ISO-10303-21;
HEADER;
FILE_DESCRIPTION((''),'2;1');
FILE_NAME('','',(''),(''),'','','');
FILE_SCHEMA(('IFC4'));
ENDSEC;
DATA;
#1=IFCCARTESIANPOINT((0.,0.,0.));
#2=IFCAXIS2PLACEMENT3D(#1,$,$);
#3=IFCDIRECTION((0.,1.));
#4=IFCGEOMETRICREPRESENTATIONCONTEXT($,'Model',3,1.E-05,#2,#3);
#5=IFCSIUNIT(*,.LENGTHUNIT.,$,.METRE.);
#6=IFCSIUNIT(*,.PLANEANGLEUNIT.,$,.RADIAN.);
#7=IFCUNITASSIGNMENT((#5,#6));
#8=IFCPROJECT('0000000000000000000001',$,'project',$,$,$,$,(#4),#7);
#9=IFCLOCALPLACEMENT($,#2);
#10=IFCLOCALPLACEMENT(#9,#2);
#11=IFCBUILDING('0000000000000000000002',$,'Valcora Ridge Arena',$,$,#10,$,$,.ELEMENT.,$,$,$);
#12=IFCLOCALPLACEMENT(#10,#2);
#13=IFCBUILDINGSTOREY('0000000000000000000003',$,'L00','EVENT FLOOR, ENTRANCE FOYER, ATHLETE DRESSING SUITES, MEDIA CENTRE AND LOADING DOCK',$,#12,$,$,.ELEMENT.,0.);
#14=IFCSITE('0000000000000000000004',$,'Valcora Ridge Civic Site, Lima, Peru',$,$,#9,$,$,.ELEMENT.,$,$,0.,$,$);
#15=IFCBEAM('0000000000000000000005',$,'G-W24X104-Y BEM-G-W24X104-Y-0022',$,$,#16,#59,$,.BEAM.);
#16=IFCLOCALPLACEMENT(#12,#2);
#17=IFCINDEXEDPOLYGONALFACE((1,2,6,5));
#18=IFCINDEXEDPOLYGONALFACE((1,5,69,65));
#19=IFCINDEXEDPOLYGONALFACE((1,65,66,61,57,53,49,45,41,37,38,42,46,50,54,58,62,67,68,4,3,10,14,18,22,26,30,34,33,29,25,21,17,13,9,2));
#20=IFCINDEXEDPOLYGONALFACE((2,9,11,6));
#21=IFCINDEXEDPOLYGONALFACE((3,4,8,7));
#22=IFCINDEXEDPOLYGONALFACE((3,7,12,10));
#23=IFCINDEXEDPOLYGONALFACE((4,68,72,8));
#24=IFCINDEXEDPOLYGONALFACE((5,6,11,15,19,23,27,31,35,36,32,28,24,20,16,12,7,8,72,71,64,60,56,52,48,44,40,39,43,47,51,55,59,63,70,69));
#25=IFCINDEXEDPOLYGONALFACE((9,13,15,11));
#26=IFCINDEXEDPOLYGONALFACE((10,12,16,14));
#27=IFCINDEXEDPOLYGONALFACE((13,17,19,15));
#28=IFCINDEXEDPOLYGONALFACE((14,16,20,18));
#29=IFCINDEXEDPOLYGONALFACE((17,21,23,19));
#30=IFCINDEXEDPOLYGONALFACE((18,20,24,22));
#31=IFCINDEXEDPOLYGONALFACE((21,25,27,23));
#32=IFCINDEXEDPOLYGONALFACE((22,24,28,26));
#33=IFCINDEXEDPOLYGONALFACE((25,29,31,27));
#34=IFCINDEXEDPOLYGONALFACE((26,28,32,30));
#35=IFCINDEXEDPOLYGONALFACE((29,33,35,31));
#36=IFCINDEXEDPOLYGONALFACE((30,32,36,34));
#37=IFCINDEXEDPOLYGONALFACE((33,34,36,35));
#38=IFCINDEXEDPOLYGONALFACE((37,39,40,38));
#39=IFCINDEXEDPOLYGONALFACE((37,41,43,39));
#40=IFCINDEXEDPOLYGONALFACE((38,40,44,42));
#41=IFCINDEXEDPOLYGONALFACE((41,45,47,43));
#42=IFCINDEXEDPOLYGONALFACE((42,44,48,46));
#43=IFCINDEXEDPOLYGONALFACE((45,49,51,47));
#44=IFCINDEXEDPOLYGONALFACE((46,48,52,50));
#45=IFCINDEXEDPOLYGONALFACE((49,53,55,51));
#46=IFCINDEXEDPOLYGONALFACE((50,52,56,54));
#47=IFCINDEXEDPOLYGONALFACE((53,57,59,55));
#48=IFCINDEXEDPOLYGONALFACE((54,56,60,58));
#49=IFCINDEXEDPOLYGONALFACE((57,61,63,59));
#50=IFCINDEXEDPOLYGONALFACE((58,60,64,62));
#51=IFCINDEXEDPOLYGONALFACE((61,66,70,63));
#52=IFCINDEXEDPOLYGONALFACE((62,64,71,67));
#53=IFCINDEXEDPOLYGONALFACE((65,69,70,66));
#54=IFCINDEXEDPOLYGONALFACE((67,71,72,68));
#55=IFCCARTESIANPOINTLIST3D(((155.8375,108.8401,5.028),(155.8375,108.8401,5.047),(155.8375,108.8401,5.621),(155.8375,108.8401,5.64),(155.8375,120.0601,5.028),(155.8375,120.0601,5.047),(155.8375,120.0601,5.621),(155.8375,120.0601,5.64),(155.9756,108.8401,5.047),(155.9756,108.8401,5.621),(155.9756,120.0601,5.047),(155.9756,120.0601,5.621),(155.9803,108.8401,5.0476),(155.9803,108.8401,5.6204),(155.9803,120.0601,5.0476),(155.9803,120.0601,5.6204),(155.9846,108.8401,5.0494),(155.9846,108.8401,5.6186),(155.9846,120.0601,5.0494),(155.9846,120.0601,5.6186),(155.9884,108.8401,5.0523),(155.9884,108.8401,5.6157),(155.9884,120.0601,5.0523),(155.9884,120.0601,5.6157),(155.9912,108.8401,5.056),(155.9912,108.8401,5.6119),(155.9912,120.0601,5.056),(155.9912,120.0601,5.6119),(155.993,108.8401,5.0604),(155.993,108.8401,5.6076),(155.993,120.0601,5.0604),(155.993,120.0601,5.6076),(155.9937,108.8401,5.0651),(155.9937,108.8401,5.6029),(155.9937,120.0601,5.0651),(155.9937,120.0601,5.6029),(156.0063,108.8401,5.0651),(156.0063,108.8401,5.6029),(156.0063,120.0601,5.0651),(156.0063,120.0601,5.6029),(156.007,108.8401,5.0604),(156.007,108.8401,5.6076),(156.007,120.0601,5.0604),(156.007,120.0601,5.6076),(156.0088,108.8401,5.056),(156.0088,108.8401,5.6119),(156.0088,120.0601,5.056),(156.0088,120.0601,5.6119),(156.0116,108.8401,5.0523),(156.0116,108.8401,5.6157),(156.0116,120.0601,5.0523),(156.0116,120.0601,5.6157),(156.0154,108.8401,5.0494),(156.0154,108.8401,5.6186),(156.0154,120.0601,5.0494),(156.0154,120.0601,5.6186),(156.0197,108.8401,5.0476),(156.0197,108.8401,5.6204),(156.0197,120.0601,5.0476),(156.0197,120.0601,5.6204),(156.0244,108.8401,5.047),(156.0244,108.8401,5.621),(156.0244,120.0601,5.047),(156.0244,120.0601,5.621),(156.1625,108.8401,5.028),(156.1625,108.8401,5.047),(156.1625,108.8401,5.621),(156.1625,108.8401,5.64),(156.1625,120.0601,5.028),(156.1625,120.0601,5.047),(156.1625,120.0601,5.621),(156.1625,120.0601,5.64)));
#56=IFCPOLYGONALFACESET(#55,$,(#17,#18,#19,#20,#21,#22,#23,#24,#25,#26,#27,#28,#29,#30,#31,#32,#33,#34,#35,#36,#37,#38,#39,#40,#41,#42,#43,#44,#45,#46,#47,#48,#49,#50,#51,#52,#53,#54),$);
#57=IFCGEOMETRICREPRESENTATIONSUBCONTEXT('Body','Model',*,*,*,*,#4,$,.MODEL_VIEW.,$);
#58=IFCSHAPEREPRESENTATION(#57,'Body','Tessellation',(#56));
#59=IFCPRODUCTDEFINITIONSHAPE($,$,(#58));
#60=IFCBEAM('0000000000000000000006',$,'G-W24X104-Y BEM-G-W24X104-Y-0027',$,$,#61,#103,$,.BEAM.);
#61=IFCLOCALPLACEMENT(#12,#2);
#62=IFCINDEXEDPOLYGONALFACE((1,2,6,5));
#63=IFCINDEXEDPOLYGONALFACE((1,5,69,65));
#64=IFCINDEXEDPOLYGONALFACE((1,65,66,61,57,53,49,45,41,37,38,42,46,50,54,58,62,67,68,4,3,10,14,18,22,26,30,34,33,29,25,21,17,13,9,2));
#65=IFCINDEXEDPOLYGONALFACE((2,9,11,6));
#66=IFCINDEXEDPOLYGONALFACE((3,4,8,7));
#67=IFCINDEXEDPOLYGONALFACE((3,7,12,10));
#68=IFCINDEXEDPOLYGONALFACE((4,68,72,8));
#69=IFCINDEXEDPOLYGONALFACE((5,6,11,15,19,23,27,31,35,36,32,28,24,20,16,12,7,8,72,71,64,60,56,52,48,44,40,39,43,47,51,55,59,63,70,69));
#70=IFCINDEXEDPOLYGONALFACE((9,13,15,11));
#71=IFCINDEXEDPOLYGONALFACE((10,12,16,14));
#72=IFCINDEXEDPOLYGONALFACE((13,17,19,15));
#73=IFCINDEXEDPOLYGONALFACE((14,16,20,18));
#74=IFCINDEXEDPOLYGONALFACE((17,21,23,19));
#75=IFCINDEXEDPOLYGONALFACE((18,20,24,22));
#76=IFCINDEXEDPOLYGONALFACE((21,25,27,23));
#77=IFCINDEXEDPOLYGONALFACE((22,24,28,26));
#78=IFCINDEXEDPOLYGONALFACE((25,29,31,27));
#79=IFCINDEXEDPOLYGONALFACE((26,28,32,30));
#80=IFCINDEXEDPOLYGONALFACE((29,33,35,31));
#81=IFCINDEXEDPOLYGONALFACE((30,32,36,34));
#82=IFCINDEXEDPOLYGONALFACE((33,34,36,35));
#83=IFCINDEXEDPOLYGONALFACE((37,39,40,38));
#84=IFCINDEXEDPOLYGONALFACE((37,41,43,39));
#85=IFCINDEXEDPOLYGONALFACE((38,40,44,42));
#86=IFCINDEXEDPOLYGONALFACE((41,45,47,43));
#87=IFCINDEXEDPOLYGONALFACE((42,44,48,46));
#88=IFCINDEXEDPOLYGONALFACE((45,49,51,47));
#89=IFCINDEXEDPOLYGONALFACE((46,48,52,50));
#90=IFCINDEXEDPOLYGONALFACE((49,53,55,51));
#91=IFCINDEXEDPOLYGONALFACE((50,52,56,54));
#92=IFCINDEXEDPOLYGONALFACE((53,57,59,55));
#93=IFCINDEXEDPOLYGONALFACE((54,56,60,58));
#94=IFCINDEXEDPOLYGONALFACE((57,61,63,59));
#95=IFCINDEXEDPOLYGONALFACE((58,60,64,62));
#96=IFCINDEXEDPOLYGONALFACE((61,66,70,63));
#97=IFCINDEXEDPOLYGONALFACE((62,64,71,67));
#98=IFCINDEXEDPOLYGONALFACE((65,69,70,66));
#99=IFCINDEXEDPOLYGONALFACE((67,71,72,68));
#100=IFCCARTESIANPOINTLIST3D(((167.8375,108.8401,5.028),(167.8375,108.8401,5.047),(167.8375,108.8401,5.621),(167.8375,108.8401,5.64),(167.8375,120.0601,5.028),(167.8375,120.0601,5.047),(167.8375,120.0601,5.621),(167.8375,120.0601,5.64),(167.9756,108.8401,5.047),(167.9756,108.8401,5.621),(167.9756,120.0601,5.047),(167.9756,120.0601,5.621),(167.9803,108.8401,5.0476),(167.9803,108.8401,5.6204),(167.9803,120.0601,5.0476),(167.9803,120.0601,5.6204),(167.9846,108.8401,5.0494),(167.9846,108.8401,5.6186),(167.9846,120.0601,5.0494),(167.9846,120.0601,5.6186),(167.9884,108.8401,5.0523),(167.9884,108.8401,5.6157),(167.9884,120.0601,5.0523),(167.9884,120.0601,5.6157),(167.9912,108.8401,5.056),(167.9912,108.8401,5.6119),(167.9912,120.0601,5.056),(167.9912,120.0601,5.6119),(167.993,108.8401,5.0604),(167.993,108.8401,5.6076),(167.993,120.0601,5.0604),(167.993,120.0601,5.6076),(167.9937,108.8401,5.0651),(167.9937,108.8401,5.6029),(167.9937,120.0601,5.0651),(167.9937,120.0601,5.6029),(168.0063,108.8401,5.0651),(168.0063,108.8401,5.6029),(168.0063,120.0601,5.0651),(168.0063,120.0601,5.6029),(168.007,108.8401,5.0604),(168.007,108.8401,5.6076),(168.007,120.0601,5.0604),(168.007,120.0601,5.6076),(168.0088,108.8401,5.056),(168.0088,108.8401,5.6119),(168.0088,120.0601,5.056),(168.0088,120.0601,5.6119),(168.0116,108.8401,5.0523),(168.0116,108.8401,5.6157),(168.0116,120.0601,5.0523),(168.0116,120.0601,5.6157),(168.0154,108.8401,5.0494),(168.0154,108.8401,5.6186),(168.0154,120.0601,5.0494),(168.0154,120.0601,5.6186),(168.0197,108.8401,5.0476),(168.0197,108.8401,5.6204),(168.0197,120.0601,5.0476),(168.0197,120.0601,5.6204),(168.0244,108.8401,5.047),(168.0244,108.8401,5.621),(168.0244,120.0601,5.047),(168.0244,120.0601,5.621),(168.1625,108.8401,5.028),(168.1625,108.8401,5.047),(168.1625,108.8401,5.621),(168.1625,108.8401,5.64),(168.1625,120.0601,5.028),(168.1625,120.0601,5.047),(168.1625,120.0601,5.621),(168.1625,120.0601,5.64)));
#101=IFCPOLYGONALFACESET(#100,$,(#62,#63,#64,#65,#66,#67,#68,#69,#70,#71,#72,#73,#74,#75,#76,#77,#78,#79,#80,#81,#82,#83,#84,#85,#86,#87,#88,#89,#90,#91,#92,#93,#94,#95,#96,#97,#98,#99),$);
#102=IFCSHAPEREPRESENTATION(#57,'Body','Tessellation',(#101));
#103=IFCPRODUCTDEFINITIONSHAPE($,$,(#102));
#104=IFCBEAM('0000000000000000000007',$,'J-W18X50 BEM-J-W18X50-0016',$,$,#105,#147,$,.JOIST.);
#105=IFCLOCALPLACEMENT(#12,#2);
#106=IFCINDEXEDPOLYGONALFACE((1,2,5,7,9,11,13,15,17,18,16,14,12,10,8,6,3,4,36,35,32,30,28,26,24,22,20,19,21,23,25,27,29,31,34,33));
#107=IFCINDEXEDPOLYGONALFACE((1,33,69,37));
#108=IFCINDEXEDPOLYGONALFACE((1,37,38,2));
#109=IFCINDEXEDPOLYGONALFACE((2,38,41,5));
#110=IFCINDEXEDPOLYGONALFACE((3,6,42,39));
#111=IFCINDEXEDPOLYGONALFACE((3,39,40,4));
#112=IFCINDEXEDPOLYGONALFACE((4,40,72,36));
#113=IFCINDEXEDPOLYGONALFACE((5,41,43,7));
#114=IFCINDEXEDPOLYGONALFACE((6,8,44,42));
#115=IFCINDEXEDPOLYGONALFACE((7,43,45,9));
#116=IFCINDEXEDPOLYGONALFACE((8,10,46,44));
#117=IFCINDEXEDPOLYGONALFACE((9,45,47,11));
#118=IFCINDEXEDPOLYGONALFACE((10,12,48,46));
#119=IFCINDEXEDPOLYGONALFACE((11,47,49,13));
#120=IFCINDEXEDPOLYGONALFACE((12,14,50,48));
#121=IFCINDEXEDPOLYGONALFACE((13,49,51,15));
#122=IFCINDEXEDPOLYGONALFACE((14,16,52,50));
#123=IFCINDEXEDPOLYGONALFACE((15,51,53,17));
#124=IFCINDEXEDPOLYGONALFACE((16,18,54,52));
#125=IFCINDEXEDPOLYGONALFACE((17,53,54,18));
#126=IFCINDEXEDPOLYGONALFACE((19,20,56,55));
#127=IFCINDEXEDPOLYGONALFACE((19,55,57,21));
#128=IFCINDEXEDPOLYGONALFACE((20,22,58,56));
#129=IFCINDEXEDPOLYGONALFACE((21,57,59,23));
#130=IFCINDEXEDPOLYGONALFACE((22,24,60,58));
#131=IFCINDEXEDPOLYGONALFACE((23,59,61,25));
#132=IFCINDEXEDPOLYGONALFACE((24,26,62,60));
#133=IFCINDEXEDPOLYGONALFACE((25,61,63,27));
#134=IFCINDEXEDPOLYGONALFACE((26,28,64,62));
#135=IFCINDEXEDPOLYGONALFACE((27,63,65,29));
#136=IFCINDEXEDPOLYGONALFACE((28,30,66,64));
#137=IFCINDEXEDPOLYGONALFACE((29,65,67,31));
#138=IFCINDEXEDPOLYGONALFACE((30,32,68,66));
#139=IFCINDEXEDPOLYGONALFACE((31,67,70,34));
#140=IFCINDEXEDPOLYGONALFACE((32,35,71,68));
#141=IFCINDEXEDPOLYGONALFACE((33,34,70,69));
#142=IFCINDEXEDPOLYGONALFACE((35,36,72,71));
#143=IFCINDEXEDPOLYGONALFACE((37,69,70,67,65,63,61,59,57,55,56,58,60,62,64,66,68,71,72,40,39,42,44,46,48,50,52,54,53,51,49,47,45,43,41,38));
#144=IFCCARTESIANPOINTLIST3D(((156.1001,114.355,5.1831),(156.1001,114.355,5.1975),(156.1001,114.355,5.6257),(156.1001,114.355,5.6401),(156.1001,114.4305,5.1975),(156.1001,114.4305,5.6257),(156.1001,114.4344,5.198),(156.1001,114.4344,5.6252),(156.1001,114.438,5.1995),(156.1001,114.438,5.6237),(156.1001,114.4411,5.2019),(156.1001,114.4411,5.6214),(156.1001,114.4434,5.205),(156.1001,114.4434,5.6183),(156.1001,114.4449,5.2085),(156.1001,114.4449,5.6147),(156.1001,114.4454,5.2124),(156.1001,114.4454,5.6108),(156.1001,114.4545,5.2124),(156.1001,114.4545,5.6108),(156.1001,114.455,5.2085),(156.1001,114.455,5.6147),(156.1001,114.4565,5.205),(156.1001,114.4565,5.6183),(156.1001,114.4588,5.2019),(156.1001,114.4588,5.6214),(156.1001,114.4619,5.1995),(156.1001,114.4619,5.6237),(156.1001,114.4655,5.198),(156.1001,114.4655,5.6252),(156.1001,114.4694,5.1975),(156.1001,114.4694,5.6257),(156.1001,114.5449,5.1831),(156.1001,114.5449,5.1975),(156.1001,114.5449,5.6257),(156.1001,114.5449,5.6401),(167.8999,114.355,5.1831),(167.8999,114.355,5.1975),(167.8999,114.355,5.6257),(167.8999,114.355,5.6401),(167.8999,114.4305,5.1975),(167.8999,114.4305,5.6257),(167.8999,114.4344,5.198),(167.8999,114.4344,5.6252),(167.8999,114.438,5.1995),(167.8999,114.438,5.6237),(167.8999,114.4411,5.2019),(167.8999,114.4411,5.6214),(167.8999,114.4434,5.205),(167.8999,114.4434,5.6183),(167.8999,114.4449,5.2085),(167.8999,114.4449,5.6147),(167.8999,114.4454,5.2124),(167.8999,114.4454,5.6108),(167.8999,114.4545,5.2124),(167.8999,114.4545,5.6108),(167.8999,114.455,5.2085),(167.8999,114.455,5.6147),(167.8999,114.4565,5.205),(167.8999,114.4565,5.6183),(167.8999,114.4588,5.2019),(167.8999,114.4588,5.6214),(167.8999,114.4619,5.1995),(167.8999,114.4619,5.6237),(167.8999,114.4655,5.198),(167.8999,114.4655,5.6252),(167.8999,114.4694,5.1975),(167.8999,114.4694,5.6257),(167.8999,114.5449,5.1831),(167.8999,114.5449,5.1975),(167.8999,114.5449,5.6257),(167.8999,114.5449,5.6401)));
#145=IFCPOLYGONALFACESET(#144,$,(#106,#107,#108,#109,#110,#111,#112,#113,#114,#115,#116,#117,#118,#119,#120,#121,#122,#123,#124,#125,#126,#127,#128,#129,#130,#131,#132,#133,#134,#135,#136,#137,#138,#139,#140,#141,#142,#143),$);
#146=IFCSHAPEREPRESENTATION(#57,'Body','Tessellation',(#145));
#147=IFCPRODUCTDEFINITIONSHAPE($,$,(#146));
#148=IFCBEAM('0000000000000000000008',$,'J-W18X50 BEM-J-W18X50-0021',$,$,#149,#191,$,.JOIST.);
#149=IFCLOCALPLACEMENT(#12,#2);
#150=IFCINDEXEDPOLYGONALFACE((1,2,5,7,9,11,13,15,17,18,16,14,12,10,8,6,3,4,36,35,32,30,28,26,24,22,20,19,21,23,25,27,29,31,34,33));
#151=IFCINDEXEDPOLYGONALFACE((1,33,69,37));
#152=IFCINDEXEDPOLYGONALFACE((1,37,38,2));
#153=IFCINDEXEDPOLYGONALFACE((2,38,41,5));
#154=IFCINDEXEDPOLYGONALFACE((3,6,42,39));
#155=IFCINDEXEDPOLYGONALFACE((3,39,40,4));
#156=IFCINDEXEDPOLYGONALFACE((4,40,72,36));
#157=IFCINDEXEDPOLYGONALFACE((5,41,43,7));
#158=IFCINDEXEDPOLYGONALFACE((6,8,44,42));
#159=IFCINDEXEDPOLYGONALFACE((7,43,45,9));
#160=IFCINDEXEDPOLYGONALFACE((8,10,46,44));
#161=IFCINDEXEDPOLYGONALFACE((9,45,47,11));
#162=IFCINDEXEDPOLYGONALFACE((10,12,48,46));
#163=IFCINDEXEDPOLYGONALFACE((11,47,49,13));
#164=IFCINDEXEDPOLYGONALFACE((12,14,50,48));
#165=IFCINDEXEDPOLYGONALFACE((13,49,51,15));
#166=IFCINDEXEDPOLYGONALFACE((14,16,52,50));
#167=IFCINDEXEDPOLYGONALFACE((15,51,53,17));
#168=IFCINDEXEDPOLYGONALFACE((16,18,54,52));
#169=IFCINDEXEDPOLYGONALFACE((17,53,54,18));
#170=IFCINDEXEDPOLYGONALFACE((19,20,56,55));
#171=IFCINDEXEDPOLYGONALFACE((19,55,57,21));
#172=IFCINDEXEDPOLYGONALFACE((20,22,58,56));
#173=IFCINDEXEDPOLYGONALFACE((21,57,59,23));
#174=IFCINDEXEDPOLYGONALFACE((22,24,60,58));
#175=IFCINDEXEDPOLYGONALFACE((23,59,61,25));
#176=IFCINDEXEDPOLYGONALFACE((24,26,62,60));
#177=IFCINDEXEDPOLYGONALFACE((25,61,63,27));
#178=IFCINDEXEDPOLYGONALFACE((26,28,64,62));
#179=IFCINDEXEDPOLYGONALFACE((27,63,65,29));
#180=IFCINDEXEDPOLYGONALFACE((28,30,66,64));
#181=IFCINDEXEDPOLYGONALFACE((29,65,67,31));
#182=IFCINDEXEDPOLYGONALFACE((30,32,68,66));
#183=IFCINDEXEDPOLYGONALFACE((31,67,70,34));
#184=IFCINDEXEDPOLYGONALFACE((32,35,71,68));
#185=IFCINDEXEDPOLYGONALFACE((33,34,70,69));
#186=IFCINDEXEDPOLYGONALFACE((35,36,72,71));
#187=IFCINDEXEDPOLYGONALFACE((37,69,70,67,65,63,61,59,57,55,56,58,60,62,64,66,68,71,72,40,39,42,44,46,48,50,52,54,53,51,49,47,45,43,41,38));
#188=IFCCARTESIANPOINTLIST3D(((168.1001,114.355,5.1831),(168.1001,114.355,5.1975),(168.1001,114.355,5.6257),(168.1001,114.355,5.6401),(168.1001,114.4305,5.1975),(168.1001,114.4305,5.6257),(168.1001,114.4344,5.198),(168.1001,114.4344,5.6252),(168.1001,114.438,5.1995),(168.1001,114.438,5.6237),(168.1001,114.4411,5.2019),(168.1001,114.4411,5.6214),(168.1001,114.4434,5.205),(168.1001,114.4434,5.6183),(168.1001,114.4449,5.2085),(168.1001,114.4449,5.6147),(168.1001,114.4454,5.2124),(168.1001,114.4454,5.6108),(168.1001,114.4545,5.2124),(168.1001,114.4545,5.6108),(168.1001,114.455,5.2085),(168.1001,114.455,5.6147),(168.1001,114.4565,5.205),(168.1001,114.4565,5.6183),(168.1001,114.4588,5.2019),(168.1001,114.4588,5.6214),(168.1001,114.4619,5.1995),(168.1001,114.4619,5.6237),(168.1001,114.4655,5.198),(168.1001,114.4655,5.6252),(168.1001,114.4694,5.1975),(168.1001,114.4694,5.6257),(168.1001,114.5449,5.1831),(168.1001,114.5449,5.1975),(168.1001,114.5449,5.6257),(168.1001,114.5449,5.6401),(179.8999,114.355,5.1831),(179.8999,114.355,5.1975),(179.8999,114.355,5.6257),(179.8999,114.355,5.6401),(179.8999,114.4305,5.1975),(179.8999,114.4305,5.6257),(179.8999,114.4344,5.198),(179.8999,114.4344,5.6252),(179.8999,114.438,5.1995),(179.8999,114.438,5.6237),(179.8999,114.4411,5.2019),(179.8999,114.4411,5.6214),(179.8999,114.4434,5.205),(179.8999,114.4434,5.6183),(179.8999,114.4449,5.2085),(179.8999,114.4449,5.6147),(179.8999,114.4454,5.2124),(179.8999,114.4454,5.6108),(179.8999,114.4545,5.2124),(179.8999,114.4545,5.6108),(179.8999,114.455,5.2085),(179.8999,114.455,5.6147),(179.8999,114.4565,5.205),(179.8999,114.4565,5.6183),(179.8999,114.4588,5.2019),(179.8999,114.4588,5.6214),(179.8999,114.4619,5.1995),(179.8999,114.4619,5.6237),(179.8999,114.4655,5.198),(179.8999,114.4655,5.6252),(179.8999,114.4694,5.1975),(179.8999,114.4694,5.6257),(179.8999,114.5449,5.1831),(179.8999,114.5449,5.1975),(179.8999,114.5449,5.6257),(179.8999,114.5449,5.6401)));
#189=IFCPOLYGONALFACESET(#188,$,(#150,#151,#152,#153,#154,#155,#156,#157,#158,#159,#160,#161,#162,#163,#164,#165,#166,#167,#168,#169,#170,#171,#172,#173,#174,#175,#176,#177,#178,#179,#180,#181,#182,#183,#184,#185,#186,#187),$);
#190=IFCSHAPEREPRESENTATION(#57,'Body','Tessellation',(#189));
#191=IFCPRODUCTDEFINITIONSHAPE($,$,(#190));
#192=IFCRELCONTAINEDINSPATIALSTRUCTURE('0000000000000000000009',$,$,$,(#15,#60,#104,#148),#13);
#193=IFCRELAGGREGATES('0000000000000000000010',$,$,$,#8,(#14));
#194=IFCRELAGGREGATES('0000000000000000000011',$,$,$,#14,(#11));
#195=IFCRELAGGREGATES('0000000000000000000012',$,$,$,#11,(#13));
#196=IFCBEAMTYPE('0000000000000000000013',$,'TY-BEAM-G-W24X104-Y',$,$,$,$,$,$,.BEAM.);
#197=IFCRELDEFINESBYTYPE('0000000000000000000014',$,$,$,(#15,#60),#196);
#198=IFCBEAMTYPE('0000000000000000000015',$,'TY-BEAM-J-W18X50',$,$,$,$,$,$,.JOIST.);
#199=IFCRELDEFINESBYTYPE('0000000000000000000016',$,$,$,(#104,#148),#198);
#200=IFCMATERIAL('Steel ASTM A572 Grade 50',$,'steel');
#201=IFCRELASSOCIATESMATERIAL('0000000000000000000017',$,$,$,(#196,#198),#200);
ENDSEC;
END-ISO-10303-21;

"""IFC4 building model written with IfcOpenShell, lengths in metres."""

from ifc_helpers import new_model, si_unit, direction, frame, origin, origin_2d, place, context, subcontext, project, spatial, i_section, extrude, material, material_profile, profile_set, type_object, element, save


model = new_model("IFC4")

# Units and contexts
model_context = context("Model", 3, precision=1e-05, world=origin(), true_north=direction((0.0, 1.0)))
body_context = subcontext(model_context, "Body", "Model", "MODEL_VIEW")
ifc_project = project(units=[si_unit("LENGTHUNIT", "METRE"), si_unit("PLANEANGLEUNIT", "RADIAN")], contexts=[model_context])

# Site, building, storey
site_placement = place(None, origin())
site = spatial("IfcSite", under=ifc_project, at=site_placement, Name="Valcora Ridge Civic Site, Lima, Peru", CompositionType="ELEMENT", RefElevation=0.0)
building_placement = place(site_placement, origin())
building = spatial("IfcBuilding", under=site, at=building_placement, Name="Valcora Ridge Arena", CompositionType="ELEMENT")
storey_placement = place(building_placement, origin())
storey = spatial("IfcBuildingStorey", under=building, at=storey_placement, Name="L00", Description="EVENT FLOOR, ENTRANCE FOYER, ATHLETE DRESSING SUITES, MEDIA CENTRE AND LOADING DOCK", CompositionType="ELEMENT", Elevation=0.0)

# Beams
ifc_material_1 = material(Name="Steel ASTM A572 Grade 50", Category="steel")
ifc_material_profile_1 = material_profile(ifc_material_1, i_section(OverallWidth=0.325, OverallDepth=0.6121, WebThickness=0.0127, FlangeThickness=0.019, FilletRadius=0.0181, at=origin_2d()), Name="W24X104")
ifc_profile_set_1 = profile_set([ifc_material_profile_1], Name="Steel ASTM A572 Grade 50")
beam_type_1 = type_object("IfcBeamType", Name="TY-BEAM-G-W24X104-Y", PredefinedType="BEAM", material=ifc_profile_set_1)
for number, where, z_axis, x_axis, name in (
    (1, (156.0, 108.8401, 5.334), (0.0, 1.0, 0.0), (-1.0, 0.0, 0.0), "G-W24X104-Y BEM-G-W24X104-Y-0022"),
    (2, (168.0, 108.8401, 5.334), (0.0, 1.0, 0.0), (-1.0, 0.0, 0.0), "G-W24X104-Y BEM-G-W24X104-Y-0027"),
):
    element("IfcBeam", number, at=place(storey_placement, frame(where, z_axis=z_axis, x_axis=x_axis)), inside=storey, type_object=beam_type_1, Name=name, PredefinedType="BEAM", context=body_context, shape_type="SweptSolid", body=[
        extrude(i_section(OverallWidth=0.325, OverallDepth=0.6121, WebThickness=0.0127, FlangeThickness=0.019, FilletRadius=0.0181, at=origin_2d()), origin(), (0.0, 0.0, 1.0), 11.22),
    ])
ifc_material_profile_2 = material_profile(ifc_material_1, i_section(OverallWidth=0.1899, OverallDepth=0.457, WebThickness=0.009, FlangeThickness=0.0144, FilletRadius=0.0149, at=origin_2d()), Name="W18X50")
ifc_profile_set_2 = profile_set([ifc_material_profile_2], Name="Steel ASTM A572 Grade 50")
beam_type_2 = type_object("IfcBeamType", Name="TY-BEAM-J-W18X50", PredefinedType="JOIST", material=ifc_profile_set_2)
for number, where, z_axis, x_axis, name in (
    (3, (156.1001, 114.45, 5.4116), (1.0, 0.0, 0.0), (0.0, 1.0, 0.0), "J-W18X50 BEM-J-W18X50-0016"),
    (4, (168.1001, 114.45, 5.4116), (1.0, 0.0, 0.0), (0.0, 1.0, 0.0), "J-W18X50 BEM-J-W18X50-0021"),
):
    element("IfcBeam", number, at=place(storey_placement, frame(where, z_axis=z_axis, x_axis=x_axis)), inside=storey, type_object=beam_type_2, Name=name, PredefinedType="JOIST", context=body_context, shape_type="SweptSolid", body=[
        extrude(i_section(OverallWidth=0.1899, OverallDepth=0.457, WebThickness=0.009, FlangeThickness=0.0144, FilletRadius=0.0149, at=origin_2d()), origin(), (0.0, 0.0, 1.0), 11.7998),
    ])

save(model, "model.ifc")
